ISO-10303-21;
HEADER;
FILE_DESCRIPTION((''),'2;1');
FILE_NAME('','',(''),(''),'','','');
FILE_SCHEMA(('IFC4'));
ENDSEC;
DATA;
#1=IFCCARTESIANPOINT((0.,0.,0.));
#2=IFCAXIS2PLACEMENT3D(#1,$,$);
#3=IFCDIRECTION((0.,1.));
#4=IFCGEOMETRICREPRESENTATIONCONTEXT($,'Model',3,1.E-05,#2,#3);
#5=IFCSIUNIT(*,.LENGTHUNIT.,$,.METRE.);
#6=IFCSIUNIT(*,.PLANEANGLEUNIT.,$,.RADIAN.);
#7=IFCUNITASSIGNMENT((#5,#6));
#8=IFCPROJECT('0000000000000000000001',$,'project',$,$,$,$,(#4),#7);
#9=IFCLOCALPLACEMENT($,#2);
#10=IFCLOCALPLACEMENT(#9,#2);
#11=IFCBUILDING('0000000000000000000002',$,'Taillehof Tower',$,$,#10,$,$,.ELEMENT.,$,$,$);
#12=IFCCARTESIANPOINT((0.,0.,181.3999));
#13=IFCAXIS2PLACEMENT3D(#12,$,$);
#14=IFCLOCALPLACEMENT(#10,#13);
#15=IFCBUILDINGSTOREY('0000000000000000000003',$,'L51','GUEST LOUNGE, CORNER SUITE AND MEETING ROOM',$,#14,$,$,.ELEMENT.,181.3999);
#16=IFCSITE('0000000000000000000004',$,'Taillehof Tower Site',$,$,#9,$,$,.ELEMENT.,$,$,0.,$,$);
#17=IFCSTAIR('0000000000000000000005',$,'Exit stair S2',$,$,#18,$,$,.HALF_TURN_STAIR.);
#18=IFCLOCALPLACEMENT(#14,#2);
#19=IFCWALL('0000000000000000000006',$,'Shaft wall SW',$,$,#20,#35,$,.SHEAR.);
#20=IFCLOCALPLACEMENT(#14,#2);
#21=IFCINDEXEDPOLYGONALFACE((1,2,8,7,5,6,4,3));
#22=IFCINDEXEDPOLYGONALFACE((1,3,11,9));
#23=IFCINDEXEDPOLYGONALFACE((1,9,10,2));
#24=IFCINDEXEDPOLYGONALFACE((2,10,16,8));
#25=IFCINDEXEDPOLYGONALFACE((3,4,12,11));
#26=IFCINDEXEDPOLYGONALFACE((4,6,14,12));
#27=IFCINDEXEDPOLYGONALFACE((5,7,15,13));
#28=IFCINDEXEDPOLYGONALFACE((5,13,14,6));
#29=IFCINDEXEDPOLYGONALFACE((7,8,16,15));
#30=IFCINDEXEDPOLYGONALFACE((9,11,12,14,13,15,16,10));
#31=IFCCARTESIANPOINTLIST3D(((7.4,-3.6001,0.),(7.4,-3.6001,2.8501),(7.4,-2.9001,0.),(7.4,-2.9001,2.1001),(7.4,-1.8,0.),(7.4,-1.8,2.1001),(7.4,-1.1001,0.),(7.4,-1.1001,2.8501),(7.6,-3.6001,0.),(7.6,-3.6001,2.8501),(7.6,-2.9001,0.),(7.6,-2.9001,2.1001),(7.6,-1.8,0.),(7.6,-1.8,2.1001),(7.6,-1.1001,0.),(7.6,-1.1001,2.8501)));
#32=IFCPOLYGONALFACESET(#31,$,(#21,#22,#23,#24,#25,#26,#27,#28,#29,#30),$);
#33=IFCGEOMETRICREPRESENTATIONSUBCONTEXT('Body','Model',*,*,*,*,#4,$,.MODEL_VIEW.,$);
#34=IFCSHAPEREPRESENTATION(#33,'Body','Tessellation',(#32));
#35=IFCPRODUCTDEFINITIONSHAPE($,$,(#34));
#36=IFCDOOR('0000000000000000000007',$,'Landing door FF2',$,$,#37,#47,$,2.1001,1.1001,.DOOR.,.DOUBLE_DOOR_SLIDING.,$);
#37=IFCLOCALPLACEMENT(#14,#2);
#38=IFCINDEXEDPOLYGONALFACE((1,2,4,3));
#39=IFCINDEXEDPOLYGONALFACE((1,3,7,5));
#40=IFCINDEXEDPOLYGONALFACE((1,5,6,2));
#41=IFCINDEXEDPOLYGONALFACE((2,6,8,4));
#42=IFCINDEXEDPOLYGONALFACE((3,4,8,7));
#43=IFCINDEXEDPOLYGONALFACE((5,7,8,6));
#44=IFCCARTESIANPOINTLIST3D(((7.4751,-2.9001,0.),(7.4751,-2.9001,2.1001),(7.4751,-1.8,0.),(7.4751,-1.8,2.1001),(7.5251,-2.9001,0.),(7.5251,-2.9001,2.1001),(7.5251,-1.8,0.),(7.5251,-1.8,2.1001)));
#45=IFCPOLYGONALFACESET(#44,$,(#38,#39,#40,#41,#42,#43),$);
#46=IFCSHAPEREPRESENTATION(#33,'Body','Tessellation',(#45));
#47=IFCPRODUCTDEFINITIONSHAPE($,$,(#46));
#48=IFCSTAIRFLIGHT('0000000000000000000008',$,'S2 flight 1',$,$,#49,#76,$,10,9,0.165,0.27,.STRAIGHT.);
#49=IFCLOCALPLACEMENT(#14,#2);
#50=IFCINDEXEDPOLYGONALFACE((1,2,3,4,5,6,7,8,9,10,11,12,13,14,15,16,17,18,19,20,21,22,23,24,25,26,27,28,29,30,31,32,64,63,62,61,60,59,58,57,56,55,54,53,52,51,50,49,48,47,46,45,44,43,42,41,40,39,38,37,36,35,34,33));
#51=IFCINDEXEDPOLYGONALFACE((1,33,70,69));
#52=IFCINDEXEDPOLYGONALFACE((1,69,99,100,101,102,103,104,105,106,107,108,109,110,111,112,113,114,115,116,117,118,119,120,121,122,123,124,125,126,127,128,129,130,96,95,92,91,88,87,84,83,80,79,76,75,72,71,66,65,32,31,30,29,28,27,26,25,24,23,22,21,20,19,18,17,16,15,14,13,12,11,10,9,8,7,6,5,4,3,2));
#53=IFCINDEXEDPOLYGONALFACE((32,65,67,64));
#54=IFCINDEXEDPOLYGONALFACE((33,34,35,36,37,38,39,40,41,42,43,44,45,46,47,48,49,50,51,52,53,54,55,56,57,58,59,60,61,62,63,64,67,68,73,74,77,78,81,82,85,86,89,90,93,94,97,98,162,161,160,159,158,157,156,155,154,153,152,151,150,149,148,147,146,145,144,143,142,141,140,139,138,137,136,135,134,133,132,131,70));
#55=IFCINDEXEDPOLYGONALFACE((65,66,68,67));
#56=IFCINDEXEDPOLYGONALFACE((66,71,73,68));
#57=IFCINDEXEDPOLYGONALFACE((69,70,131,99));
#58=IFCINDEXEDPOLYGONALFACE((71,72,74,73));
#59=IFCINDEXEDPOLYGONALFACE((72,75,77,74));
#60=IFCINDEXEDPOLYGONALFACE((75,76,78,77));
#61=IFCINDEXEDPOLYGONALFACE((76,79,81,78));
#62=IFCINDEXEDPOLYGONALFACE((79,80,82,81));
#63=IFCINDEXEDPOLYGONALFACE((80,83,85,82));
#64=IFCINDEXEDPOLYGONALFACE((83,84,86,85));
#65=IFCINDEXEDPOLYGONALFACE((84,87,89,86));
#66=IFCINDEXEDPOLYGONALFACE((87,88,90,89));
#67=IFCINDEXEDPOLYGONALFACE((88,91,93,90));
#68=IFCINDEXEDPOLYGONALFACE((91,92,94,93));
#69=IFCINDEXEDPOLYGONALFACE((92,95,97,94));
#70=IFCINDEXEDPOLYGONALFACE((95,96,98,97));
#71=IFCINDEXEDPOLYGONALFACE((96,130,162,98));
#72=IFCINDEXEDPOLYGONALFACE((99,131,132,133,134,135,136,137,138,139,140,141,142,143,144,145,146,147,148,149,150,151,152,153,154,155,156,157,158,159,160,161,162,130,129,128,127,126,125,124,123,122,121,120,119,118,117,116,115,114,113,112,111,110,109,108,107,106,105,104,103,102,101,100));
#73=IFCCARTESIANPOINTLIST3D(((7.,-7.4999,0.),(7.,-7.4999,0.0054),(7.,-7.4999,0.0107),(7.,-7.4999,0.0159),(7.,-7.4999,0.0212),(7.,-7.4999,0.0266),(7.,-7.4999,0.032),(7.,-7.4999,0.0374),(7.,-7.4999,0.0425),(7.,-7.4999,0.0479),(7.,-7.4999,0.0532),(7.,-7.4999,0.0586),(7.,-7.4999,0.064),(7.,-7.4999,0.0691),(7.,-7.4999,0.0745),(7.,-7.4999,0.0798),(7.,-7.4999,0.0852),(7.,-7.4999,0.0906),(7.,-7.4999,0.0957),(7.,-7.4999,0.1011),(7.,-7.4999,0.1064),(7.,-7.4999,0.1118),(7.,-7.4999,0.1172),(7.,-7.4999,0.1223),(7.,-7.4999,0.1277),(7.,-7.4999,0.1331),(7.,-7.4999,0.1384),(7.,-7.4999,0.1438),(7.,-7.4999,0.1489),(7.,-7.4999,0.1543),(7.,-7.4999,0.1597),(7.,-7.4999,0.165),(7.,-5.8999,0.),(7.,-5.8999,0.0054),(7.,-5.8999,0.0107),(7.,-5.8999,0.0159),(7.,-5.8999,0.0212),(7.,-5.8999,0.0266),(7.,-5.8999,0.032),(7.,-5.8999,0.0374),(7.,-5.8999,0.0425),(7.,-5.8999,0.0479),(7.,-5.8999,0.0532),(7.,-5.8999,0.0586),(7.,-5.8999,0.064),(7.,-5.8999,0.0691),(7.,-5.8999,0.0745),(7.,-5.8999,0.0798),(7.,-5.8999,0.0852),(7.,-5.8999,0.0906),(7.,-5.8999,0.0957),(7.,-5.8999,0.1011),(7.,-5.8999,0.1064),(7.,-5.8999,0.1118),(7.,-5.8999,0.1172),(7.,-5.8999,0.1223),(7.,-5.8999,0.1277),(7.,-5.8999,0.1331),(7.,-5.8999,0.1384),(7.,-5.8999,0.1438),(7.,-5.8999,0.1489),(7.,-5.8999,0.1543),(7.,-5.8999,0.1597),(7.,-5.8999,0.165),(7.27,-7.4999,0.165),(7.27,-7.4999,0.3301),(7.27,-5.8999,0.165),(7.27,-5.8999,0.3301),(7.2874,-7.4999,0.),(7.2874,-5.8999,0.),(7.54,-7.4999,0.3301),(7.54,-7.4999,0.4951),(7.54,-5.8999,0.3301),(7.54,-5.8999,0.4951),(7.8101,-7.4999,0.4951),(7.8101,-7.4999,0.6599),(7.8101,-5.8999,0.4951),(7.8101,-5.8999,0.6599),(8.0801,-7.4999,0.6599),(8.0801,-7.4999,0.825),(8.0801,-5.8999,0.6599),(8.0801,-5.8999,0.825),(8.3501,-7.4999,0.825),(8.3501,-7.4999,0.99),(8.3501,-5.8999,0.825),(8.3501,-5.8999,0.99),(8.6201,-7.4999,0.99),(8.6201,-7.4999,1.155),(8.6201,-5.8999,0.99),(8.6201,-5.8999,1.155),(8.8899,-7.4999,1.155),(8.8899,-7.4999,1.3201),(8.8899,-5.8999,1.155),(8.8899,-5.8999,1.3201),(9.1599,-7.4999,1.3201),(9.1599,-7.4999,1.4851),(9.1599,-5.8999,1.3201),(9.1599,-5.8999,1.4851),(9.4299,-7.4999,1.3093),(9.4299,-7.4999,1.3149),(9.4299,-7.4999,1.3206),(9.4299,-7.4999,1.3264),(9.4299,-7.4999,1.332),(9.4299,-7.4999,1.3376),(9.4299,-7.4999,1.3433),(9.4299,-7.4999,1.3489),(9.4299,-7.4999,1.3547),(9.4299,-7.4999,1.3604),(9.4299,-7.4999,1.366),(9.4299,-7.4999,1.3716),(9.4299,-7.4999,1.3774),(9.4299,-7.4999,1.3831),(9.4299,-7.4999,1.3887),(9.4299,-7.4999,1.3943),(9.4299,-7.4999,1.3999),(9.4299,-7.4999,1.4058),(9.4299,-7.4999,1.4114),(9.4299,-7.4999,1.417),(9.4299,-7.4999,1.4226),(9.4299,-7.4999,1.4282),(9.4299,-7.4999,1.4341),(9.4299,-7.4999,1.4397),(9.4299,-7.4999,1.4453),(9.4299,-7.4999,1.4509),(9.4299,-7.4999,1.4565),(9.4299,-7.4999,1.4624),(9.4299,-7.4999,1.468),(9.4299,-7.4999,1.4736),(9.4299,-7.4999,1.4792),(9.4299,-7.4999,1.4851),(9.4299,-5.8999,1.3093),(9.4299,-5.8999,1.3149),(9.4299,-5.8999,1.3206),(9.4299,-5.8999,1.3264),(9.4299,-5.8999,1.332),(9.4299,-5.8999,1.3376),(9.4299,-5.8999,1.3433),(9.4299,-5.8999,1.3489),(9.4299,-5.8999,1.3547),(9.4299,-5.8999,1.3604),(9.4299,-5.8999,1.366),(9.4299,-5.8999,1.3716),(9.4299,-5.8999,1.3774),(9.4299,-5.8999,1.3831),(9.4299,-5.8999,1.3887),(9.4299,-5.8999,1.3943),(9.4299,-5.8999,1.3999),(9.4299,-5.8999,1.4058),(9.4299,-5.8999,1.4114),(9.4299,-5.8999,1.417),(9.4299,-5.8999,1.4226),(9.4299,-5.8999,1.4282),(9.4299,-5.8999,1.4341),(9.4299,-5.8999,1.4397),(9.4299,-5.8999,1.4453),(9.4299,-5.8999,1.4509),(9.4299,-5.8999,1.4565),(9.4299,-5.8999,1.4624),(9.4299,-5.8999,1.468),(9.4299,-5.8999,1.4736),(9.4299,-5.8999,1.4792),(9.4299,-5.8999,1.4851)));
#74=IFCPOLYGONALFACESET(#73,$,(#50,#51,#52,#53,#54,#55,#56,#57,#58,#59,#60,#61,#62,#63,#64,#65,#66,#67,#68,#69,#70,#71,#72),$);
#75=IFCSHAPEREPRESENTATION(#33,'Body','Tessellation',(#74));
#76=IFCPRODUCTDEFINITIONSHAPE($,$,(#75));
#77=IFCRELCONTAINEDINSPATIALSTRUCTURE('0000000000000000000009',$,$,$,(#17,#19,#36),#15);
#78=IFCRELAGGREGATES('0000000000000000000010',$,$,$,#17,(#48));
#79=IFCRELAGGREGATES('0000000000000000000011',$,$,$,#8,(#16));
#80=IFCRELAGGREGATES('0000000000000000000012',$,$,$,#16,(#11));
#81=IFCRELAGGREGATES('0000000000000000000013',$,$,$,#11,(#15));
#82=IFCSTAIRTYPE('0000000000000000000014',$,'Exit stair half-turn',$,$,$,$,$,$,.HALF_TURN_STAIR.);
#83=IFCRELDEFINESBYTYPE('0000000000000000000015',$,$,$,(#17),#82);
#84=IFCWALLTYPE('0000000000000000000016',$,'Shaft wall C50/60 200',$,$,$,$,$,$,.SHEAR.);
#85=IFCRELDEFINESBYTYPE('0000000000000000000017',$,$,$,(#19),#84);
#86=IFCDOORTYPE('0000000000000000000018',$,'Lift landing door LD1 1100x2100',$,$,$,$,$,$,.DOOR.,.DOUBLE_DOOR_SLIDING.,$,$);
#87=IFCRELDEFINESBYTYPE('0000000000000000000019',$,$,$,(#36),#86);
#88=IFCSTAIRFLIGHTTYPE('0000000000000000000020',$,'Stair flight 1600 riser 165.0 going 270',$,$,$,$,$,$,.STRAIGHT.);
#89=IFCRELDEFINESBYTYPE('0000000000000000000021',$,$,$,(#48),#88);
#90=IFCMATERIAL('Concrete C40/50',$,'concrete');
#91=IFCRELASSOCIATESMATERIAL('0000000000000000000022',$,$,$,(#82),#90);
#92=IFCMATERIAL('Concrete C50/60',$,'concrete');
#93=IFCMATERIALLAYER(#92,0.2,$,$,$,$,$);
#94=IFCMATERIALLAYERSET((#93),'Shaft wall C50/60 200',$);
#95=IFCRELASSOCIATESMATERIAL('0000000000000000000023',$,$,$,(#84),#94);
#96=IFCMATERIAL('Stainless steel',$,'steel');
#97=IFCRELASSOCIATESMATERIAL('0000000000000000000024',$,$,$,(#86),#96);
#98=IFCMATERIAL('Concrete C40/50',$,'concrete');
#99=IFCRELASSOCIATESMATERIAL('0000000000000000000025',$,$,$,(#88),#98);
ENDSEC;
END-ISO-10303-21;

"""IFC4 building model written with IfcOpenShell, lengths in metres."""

from ifc_helpers import new_model, si_unit, direction, frame, frame_2d, origin, place, context, subcontext, project, spatial, polyline, rectangle, outline, extrude, material, layer, layer_set, type_object, element, fill, aggregate, save


model = new_model("IFC4")

# Units and contexts
model_context = context("Model", 3, precision=1e-05, world=origin(), true_north=direction((0.0, 1.0)))
body_context = subcontext(model_context, "Body", "Model", "MODEL_VIEW")
ifc_project = project(units=[si_unit("LENGTHUNIT", "METRE"), si_unit("PLANEANGLEUNIT", "RADIAN")], contexts=[model_context])

# Site, building, storey
site_placement = place(None, origin())
site = spatial("IfcSite", under=ifc_project, at=site_placement, Name="Taillehof Tower Site", CompositionType="ELEMENT", RefElevation=0.0)
building_placement = place(site_placement, origin())
building = spatial("IfcBuilding", under=site, at=building_placement, Name="Taillehof Tower", CompositionType="ELEMENT")
storey_placement = place(building_placement, frame((0.0, 0.0, 181.3999)))
storey = spatial("IfcBuildingStorey", under=building, at=storey_placement, Name="L51", Description="GUEST LOUNGE, CORNER SUITE AND MEETING ROOM", CompositionType="ELEMENT", Elevation=181.3999)

# Stair
ifc_material_1 = material(Name="Concrete C40/50", Category="concrete")
stair_type = type_object("IfcStairType", Name="Exit stair half-turn", PredefinedType="HALF_TURN_STAIR", material=ifc_material_1)
stair_1_placement = place(storey_placement, origin())
stair_1 = element("IfcStair", 1, at=stair_1_placement, inside=storey, type_object=stair_type, Name="Exit stair S2", PredefinedType="HALF_TURN_STAIR")

# Shared definitions
ifc_material_2 = material(Name="Concrete C50/60", Category="concrete")
ifc_layer_1 = layer(ifc_material_2, 0.2)
ifc_layer_set_1 = layer_set([ifc_layer_1], Name="Shaft wall C50/60 200")
wall_type_1 = type_object("IfcWallType", Name="Shaft wall C50/60 200", PredefinedType="SHEAR", material=ifc_layer_set_1)

# Shared definitions
ifc_material_3 = material(Name="Stainless steel", Category="steel")
door_type_1 = type_object("IfcDoorType", Name="Lift landing door LD1 1100x2100", OperationType="DOUBLE_DOOR_SLIDING", PredefinedType="DOOR", material=ifc_material_3)

# Wall, opening, door
wall_1_placement = place(storey_placement, frame((7.5, -3.6001, 0.0), z_axis=(0.0, 0.0, 1.0), x_axis=(0.0, 1.0, 0.0)))
wall_1 = element("IfcWall", 2, at=wall_1_placement, inside=storey, type_object=wall_type_1, Name="Shaft wall SW", PredefinedType="SHEAR", context=body_context, shape_type="SweptSolid", body=[
    extrude(rectangle(XDim=2.5, YDim=0.2, at=frame_2d((1.25, 0.0))), origin(), (0.0, 0.0, 1.0), 2.8501),
])
opening_1_placement = place(wall_1_placement, frame((0.7, 0.0, 0.0)))
opening_1 = element("IfcOpeningElement", 3, at=opening_1_placement, cuts=wall_1, PredefinedType="OPENING", context=body_context, shape_type="SweptSolid", body=[
    extrude(rectangle(XDim=1.1001, YDim=2.1001, at=frame_2d((0.55, 1.05))), frame((0.0, 0.1099, 0.0), z_axis=(0.0, -1.0, 0.0), x_axis=(1.0, 0.0, 0.0)), (0.0, 0.0, 1.0), 0.22),
])
door_1_placement = place(opening_1_placement, origin())
door_1 = element("IfcDoor", 4, at=door_1_placement, inside=storey, type_object=door_type_1, Name="Landing door FF2", OperationType="DOUBLE_DOOR_SLIDING", OverallHeight=2.1001, OverallWidth=1.1001, PredefinedType="DOOR", context=body_context, shape_type="SweptSolid", body=[
    extrude(rectangle(XDim=1.1001, YDim=2.1001, at=frame_2d((0.55, 1.05))), frame((0.0, 0.0249, 0.0), z_axis=(0.0, -1.0, 0.0), x_axis=(1.0, 0.0, 0.0)), (0.0, 0.0, 1.0), 0.05),
])
fill(opening_1, door_1)

# Stair flight
ifc_material_4 = material(Name="Concrete C40/50", Category="concrete")
stair_flight_type = type_object("IfcStairFlightType", Name="Stair flight 1600 riser 165.0 going 270", PredefinedType="STRAIGHT", material=ifc_material_4)
stair_flight_placement = place(storey_placement, frame((7.0, -6.7, 0.0), z_axis=(0.0, 0.0, 1.0), x_axis=(1.0, 0.0, 0.0)))
stair_flight = element("IfcStairFlight", 5, at=stair_flight_placement, type_object=stair_flight_type, Name="S2 flight 1", NumberOfRisers=10, NumberOfTreads=9, PredefinedType="STRAIGHT", RiserHeight=0.165, TreadLength=0.27, context=body_context, shape_type="SweptSolid", body=[
    extrude(outline(polyline([(0.0, 0.0), (0.0, 0.0054), (0.0, 0.0107), (0.0, 0.0159), (0.0, 0.0212), (0.0, 0.0266), (0.0, 0.032), (0.0, 0.0374), (0.0, 0.0425), (0.0, 0.0479), (0.0, 0.0532), (0.0, 0.0586), (0.0, 0.064), (0.0, 0.0691), (0.0, 0.0745), (0.0, 0.0798), (0.0, 0.0852), (0.0, 0.0906), (0.0, 0.0957), (0.0, 0.1011), (0.0, 0.1064), (0.0, 0.1118), (0.0, 0.1172), (0.0, 0.1223), (0.0, 0.1277), (0.0, 0.1331), (0.0, 0.1384), (0.0, 0.1438), (0.0, 0.1489), (0.0, 0.1543), (0.0, 0.1597), (0.0, 0.165), (0.27, 0.165), (0.27, 0.3301), (0.54, 0.3301), (0.54, 0.4951), (0.8101, 0.4951), (0.8101, 0.6599), (1.0801, 0.6599), (1.0801, 0.825), (1.3501, 0.825), (1.3501, 0.99), (1.6201, 0.99), (1.6201, 1.155), (1.8899, 1.155), (1.8899, 1.3201), (2.1599, 1.3201), (2.1599, 1.4851), (2.4299, 1.4851), (2.4299, 1.4792), (2.4299, 1.4736), (2.4299, 1.468), (2.4299, 1.4624), (2.4299, 1.4565), (2.4299, 1.4509), (2.4299, 1.4453), (2.4299, 1.4397), (2.4299, 1.4341), (2.4299, 1.4282), (2.4299, 1.4226), (2.4299, 1.417), (2.4299, 1.4114), (2.4299, 1.4058), (2.4299, 1.3999), (2.4299, 1.3943), (2.4299, 1.3887), (2.4299, 1.3831), (2.4299, 1.3774), (2.4299, 1.3716), (2.4299, 1.366), (2.4299, 1.3604), (2.4299, 1.3547), (2.4299, 1.3489), (2.4299, 1.3433), (2.4299, 1.3376), (2.4299, 1.332), (2.4299, 1.3264), (2.4299, 1.3206), (2.4299, 1.3149), (2.4299, 1.3093), (0.2874, 0.0), (0.0, 0.0)])), frame((0.0, 0.8, 0.0), z_axis=(0.0, -1.0, 0.0), x_axis=(1.0, 0.0, 0.0)), (0.0, 0.0, 1.0), 1.6),
])
aggregate(stair_1, [stair_flight])

save(model, "model.ifc")
